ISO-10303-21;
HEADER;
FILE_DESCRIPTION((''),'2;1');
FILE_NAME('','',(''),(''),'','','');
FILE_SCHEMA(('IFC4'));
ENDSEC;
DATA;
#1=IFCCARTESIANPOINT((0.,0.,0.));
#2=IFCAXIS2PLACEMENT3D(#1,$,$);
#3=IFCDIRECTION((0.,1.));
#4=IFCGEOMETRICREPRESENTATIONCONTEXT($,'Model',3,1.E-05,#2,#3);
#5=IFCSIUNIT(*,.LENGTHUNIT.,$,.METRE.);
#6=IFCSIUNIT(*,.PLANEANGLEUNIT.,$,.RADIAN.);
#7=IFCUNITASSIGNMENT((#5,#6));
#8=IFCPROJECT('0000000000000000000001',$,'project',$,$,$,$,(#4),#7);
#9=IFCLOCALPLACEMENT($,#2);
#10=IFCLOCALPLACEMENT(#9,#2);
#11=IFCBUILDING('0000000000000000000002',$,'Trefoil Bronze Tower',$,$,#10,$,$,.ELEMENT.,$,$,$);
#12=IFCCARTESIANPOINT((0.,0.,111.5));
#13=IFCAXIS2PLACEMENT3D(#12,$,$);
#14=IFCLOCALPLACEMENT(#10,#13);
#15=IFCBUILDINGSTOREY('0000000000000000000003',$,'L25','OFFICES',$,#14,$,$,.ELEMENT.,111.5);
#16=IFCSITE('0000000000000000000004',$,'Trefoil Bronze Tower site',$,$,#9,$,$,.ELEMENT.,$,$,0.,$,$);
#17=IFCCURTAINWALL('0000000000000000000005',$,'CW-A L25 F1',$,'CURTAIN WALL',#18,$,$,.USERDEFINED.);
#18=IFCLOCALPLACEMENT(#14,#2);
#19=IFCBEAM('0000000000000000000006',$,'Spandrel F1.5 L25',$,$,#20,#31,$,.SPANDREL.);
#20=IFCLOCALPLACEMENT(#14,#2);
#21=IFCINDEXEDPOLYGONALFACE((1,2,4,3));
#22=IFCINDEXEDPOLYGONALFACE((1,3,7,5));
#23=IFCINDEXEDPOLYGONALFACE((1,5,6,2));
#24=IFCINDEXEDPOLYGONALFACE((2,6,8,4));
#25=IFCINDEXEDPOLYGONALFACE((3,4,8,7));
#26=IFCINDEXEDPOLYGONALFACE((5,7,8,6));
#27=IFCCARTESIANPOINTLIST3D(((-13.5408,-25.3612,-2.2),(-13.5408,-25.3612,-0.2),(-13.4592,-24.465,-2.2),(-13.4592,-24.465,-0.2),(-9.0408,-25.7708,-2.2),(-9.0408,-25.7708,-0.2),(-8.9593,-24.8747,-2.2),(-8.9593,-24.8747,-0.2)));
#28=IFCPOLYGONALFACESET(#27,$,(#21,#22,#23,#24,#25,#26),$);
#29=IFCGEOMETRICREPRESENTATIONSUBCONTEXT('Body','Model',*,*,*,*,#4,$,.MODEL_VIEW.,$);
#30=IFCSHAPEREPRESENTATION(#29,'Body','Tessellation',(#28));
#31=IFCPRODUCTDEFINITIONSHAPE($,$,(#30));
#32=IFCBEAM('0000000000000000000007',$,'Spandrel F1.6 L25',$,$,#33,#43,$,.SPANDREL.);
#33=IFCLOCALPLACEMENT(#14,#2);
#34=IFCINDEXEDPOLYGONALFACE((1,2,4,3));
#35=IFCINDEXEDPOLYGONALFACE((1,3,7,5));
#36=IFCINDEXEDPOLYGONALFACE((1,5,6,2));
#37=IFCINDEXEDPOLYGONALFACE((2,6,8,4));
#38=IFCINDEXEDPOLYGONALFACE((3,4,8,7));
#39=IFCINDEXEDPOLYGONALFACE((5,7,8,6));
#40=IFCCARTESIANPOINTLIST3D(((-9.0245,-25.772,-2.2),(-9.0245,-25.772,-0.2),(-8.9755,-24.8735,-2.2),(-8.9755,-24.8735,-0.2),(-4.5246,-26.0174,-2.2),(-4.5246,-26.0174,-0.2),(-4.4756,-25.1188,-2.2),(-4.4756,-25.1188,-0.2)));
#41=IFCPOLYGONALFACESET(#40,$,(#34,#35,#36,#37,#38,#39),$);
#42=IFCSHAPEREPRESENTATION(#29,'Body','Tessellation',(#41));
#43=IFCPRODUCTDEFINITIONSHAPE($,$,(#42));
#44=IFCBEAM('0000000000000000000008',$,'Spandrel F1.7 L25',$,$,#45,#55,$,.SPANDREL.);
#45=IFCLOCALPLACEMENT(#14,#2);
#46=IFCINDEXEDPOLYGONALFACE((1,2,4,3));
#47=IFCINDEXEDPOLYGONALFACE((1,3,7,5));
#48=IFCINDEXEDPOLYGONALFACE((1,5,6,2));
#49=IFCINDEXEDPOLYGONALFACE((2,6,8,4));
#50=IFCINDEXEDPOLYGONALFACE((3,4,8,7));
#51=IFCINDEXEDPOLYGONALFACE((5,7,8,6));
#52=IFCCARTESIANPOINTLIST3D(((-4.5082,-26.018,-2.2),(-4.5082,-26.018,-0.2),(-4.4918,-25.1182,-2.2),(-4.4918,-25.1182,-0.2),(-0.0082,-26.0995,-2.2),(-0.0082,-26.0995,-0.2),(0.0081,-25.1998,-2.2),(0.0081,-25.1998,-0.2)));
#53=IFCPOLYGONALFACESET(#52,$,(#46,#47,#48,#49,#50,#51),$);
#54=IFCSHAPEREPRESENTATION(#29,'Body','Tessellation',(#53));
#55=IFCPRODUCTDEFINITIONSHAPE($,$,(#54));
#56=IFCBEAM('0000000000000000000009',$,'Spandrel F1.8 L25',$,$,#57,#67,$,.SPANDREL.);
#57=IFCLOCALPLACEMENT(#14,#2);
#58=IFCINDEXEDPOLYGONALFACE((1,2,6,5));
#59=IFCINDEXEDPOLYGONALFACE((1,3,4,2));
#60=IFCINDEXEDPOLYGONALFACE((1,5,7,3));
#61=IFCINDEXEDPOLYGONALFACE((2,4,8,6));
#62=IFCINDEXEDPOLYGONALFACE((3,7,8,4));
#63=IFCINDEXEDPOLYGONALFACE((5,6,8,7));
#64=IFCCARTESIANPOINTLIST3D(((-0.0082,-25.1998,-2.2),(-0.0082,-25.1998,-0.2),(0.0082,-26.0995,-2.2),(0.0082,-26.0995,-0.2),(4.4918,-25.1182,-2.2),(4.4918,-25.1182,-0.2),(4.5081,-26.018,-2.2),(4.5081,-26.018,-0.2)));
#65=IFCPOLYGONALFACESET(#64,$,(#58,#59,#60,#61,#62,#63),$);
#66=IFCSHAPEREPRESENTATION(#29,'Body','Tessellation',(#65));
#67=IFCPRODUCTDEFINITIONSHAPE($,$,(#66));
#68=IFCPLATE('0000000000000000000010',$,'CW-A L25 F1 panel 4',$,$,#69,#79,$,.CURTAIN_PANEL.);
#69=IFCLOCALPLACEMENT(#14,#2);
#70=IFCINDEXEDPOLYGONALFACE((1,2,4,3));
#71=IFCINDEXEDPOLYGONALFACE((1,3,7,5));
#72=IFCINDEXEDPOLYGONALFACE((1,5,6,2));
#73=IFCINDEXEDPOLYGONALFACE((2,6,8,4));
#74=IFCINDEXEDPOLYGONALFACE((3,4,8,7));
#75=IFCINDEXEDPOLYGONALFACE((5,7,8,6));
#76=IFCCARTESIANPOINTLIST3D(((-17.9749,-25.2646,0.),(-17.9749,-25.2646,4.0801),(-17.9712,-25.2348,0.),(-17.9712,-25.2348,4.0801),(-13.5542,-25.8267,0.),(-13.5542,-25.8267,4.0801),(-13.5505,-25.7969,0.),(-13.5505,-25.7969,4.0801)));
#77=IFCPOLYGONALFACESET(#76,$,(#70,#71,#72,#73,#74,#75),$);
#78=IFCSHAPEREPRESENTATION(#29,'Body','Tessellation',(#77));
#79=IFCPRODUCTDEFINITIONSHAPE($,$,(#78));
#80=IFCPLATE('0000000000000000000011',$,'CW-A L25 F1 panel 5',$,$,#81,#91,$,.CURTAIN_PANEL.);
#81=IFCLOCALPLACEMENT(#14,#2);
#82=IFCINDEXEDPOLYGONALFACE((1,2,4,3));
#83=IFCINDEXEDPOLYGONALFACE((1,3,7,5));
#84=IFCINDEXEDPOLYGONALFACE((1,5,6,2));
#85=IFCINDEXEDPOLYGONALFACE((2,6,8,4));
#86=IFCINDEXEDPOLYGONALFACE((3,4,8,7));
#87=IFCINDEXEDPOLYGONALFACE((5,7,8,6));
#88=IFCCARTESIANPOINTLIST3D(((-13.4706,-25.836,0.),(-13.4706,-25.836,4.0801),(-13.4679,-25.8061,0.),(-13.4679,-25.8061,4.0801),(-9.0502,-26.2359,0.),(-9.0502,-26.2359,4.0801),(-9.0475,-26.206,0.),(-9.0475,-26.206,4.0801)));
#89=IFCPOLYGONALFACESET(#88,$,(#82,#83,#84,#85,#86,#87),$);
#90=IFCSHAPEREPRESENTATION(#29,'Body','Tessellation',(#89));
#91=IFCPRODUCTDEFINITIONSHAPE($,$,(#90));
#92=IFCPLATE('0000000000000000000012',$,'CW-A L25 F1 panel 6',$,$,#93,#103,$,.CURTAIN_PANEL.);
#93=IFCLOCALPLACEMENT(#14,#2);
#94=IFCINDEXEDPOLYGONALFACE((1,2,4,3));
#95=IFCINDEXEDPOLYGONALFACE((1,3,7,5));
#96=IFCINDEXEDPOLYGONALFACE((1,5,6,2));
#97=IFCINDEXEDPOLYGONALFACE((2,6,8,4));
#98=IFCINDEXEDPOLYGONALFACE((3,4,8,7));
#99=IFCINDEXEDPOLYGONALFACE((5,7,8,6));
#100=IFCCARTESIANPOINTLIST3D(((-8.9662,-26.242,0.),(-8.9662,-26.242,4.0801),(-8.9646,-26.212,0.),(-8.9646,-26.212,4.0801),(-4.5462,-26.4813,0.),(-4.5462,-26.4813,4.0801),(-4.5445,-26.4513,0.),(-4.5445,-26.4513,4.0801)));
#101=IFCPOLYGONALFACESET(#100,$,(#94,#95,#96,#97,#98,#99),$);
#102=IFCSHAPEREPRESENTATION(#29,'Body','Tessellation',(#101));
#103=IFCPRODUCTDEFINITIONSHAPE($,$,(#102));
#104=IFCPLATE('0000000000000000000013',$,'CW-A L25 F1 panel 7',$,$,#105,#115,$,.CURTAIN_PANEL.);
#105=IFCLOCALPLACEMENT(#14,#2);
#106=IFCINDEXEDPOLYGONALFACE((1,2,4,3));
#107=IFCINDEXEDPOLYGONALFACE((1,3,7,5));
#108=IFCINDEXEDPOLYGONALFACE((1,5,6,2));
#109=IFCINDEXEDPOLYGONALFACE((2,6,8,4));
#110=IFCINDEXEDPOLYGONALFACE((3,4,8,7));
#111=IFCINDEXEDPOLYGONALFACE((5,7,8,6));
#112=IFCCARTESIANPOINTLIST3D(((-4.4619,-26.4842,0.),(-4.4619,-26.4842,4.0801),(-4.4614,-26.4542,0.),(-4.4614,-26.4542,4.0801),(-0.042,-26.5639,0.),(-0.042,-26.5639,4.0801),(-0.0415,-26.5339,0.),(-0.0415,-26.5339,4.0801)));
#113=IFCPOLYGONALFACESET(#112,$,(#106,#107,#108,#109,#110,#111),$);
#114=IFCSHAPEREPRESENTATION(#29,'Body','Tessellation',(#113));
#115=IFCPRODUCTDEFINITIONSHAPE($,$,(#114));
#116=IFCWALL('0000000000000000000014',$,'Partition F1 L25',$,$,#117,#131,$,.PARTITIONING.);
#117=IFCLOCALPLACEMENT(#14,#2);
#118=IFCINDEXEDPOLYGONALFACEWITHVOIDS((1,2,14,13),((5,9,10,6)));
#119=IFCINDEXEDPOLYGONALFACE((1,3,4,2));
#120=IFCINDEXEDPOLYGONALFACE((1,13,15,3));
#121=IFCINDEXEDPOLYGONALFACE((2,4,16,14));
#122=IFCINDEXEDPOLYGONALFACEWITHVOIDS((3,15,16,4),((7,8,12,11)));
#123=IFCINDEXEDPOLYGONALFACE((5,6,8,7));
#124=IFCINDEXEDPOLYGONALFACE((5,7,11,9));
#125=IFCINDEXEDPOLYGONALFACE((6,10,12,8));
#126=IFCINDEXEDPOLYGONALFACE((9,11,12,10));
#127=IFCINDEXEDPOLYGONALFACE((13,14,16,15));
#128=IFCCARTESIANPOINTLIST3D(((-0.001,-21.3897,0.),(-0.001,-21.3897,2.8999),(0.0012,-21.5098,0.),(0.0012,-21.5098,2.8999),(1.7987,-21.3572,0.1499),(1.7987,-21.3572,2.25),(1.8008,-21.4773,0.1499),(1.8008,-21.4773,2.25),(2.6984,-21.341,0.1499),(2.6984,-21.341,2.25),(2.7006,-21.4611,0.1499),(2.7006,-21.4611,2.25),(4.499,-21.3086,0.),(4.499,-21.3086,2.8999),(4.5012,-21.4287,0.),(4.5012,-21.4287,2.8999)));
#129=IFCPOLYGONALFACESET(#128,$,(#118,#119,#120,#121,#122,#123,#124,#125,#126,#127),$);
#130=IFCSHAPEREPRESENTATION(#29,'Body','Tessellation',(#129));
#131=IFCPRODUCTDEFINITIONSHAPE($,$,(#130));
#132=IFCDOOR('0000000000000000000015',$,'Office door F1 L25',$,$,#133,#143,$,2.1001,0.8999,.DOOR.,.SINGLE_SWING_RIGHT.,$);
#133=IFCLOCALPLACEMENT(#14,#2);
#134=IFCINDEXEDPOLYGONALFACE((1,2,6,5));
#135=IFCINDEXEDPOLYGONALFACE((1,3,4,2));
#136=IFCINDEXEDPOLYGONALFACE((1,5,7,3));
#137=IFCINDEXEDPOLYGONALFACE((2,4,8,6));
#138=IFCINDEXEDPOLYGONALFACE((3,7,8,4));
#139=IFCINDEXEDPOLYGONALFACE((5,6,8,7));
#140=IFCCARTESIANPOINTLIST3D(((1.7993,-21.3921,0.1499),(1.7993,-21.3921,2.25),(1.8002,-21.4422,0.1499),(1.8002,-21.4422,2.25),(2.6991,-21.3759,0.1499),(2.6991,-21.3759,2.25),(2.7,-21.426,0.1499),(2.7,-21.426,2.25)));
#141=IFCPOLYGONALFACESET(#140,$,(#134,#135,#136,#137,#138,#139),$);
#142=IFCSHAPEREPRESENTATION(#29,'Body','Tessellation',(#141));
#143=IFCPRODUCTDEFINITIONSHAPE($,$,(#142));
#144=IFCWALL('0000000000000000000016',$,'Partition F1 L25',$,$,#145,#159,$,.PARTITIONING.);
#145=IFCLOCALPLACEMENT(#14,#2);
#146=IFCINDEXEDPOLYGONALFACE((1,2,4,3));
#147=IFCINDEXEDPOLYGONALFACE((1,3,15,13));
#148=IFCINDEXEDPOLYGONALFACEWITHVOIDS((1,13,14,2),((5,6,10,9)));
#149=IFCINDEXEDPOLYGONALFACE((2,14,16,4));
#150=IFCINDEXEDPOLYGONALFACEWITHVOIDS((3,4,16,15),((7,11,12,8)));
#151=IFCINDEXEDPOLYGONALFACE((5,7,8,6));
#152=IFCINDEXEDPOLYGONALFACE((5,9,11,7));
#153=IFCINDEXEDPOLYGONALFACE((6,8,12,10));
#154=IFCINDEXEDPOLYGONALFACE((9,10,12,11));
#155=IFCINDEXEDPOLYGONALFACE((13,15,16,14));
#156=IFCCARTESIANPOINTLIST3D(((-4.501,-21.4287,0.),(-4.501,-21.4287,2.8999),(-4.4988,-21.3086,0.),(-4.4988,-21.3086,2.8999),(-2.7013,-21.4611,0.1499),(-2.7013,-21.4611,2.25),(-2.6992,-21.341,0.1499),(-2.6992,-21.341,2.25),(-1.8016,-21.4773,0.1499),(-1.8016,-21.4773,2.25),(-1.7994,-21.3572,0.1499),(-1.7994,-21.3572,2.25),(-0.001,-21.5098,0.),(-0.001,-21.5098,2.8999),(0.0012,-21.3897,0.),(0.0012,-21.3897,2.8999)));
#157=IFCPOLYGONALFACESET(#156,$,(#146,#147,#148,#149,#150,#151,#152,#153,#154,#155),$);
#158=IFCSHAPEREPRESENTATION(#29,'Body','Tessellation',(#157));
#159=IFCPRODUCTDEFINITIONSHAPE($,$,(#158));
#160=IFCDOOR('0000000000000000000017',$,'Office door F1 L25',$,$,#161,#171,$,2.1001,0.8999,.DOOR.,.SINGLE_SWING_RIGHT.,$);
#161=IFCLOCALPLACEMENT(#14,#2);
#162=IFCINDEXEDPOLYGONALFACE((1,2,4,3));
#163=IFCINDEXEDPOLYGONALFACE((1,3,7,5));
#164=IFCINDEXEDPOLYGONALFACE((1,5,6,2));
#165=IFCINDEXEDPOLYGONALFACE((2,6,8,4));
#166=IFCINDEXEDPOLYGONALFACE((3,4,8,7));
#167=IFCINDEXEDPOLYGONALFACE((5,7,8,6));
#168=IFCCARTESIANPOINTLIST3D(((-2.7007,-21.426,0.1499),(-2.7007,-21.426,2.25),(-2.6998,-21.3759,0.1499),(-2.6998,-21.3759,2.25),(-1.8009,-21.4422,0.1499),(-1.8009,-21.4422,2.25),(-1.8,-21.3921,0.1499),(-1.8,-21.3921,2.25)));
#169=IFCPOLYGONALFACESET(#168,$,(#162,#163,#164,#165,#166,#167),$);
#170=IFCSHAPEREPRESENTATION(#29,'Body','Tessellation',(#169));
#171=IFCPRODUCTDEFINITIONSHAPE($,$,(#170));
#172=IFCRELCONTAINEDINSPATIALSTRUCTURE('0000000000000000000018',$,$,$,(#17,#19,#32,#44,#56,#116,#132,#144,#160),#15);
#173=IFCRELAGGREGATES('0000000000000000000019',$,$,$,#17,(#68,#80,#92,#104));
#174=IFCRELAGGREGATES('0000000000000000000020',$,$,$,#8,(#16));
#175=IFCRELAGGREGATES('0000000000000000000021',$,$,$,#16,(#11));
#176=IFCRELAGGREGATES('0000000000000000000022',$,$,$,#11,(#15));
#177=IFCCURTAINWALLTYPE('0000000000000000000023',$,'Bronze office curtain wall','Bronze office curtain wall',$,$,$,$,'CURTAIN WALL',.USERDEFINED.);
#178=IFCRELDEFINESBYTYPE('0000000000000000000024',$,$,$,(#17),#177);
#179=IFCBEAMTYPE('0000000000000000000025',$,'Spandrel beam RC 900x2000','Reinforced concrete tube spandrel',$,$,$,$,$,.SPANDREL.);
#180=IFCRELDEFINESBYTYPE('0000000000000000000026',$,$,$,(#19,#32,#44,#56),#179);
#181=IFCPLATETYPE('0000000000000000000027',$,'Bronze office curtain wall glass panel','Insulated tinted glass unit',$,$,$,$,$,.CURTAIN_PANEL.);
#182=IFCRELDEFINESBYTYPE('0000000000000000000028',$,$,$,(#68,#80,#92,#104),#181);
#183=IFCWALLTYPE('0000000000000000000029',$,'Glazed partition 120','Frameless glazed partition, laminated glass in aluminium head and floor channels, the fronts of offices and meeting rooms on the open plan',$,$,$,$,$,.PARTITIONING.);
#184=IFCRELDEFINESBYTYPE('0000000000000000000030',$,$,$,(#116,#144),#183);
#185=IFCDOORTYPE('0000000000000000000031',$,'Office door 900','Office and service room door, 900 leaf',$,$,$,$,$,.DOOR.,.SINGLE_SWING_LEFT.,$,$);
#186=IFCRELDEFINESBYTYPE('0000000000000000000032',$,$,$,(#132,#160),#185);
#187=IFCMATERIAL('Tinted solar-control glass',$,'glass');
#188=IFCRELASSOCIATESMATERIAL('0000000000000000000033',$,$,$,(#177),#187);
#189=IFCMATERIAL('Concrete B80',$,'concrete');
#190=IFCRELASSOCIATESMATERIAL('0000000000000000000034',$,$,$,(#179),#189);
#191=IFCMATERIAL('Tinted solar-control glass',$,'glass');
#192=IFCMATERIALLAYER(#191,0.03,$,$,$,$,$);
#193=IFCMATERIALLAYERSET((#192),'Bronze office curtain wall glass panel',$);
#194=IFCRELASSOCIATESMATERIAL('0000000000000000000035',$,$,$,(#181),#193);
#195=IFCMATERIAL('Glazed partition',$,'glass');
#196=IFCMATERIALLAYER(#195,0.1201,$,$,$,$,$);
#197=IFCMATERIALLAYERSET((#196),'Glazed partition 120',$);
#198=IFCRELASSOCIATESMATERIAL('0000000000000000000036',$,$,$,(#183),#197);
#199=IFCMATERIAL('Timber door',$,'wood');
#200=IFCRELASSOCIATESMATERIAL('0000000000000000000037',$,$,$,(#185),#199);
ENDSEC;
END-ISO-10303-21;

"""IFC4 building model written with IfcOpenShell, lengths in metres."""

from ifc_helpers import new_model, si_unit, direction, frame, frame_2d, origin, origin_2d, place, context, subcontext, project, spatial, rectangle, extrude, material, layer, layer_set, material_profile, profile_set, type_object, element, fill, aggregate, save


model = new_model("IFC4")

# Units and contexts
model_context = context("Model", 3, precision=1e-05, world=origin(), true_north=direction((0.0, 1.0)))
body_context = subcontext(model_context, "Body", "Model", "MODEL_VIEW")
ifc_project = project(units=[si_unit("LENGTHUNIT", "METRE"), si_unit("PLANEANGLEUNIT", "RADIAN")], contexts=[model_context])

# Site, building, storey
site_placement = place(None, origin())
site = spatial("IfcSite", under=ifc_project, at=site_placement, Name="Trefoil Bronze Tower site", CompositionType="ELEMENT", RefElevation=0.0)
building_placement = place(site_placement, origin())
building = spatial("IfcBuilding", under=site, at=building_placement, Name="Trefoil Bronze Tower", CompositionType="ELEMENT")
storey_placement = place(building_placement, frame((0.0, 0.0, 111.5)))
storey = spatial("IfcBuildingStorey", under=building, at=storey_placement, Name="L25", Description="OFFICES", CompositionType="ELEMENT", Elevation=111.5)

# Curtain wall
ifc_material_1 = material(Name="Tinted solar-control glass", Category="glass")
curtain_wall_type = type_object("IfcCurtainWallType", Name="Bronze office curtain wall", Description="Bronze office curtain wall", ElementType="CURTAIN WALL", PredefinedType="USERDEFINED", material=ifc_material_1)
curtain_wall_placement = place(storey_placement, origin())
curtain_wall = element("IfcCurtainWall", 1, at=curtain_wall_placement, inside=storey, type_object=curtain_wall_type, Name="CW-A L25 F1", ObjectType="CURTAIN WALL", PredefinedType="USERDEFINED")

# Beams
ifc_material_2 = material(Name="Concrete B80", Category="concrete")
ifc_material_profile_1 = material_profile(ifc_material_2, rectangle(XDim=0.8999, YDim=2.0, at=origin_2d()), Name="RC 900x2000")
ifc_profile_set_1 = profile_set([ifc_material_profile_1], Name="Concrete B80")
beam_type_1 = type_object("IfcBeamType", Name="Spandrel beam RC 900x2000", Description="Reinforced concrete tube spandrel", PredefinedType="SPANDREL", material=ifc_profile_set_1)
beam_1_placement = place(storey_placement, frame((-13.5, -24.9131, -1.2), z_axis=(0.995882, -0.090662, 0.0), x_axis=(0.090662, 0.995882, 0.0)))
element("IfcBeam", 2, at=beam_1_placement, inside=storey, type_object=beam_type_1, Name="Spandrel F1.5 L25", PredefinedType="SPANDREL", context=body_context, shape_type="SweptSolid", body=[
    extrude(rectangle(XDim=0.8999, YDim=2.0, at=origin_2d()), origin(), (0.0, 0.0, 1.0), 4.5186),
])
beam_2_placement = place(storey_placement, frame((-9.0, -25.3228, -1.2), z_axis=(0.998517, -0.054444, 0.0), x_axis=(0.054444, 0.998517, 0.0)))
element("IfcBeam", 3, at=beam_2_placement, inside=storey, type_object=beam_type_1, Name="Spandrel F1.6 L25", PredefinedType="SPANDREL", context=body_context, shape_type="SweptSolid", body=[
    extrude(rectangle(XDim=0.8999, YDim=2.0, at=origin_2d()), origin(), (0.0, 0.0, 1.0), 4.5066),
])
for number, where, z_axis, x_axis, name in (
    (4, (-4.5, -25.5681, -1.2), (0.999836, -0.018118, 0.0), (0.018118, 0.999836, 0.0), "Spandrel F1.7 L25"),
    (5, (0.0, -25.6497, -1.2), (0.999836, 0.018118, 0.0), (-0.018118, 0.999836, 0.0), "Spandrel F1.8 L25"),
):
    element("IfcBeam", number, at=place(storey_placement, frame(where, z_axis=z_axis, x_axis=x_axis)), inside=storey, type_object=beam_type_1, Name=name, PredefinedType="SPANDREL", context=body_context, shape_type="SweptSolid", body=[
        extrude(rectangle(XDim=0.8999, YDim=2.0, at=origin_2d()), origin(), (0.0, 0.0, 1.0), 4.5007),
    ])

# Plates
ifc_material_3 = material(Name="Tinted solar-control glass", Category="glass")
ifc_layer_1 = layer(ifc_material_3, 0.03)
ifc_layer_set_1 = layer_set([ifc_layer_1], Name="Bronze office curtain wall glass panel")
plate_type = type_object("IfcPlateType", Name="Bronze office curtain wall glass panel", Description="Insulated tinted glass unit", PredefinedType="CURTAIN_PANEL", material=ifc_layer_set_1)
plate_1_placement = place(storey_placement, frame((-15.7627, -25.5308, 0.0), z_axis=(0.0, 0.0, 1.0), x_axis=(0.992012, -0.126147, 0.0)))
plate_1 = element("IfcPlate", 6, at=plate_1_placement, type_object=plate_type, Name="CW-A L25 F1 panel 4", PredefinedType="CURTAIN_PANEL", context=body_context, shape_type="SweptSolid", body=[
    extrude(rectangle(XDim=4.4563, YDim=0.03, at=origin_2d()), origin(), (0.0, 0.0, 1.0), 4.0801),
])
plate_2_placement = place(storey_placement, frame((-11.259, -26.021, 0.0), z_axis=(0.0, 0.0, 1.0), x_axis=(0.995932, -0.090105, 0.0)))
plate_2 = element("IfcPlate", 7, at=plate_2_placement, type_object=plate_type, Name="CW-A L25 F1 panel 5", PredefinedType="CURTAIN_PANEL", context=body_context, shape_type="SweptSolid", body=[
    extrude(rectangle(XDim=4.4385, YDim=0.03, at=origin_2d()), origin(), (0.0, 0.0, 1.0), 4.0801),
])
plate_3_placement = place(storey_placement, frame((-6.7554, -26.3467, 0.0), z_axis=(0.0, 0.0, 1.0), x_axis=(0.998538, -0.054063, 0.0)))
plate_3 = element("IfcPlate", 8, at=plate_3_placement, type_object=plate_type, Name="CW-A L25 F1 panel 6", PredefinedType="CURTAIN_PANEL", context=body_context, shape_type="SweptSolid", body=[
    extrude(rectangle(XDim=4.4265, YDim=0.03, at=origin_2d()), origin(), (0.0, 0.0, 1.0), 4.0801),
])
plate_4_placement = place(storey_placement, frame((-2.2517, -26.509, 0.0), z_axis=(0.0, 0.0, 1.0), x_axis=(0.999838, -0.018021, 0.0)))
plate_4 = element("IfcPlate", 9, at=plate_4_placement, type_object=plate_type, Name="CW-A L25 F1 panel 7", PredefinedType="CURTAIN_PANEL", context=body_context, shape_type="SweptSolid", body=[
    extrude(rectangle(XDim=4.4207, YDim=0.03, at=origin_2d()), origin(), (0.0, 0.0, 1.0), 4.0801),
])
aggregate(curtain_wall, [plate_1, plate_2, plate_3, plate_4])

# Walls, openings, doors
ifc_material_4 = material(Name="Glazed partition", Category="glass")
ifc_layer_2 = layer(ifc_material_4, 0.1201)
ifc_layer_set_2 = layer_set([ifc_layer_2], Name="Glazed partition 120")
wall_type = type_object("IfcWallType", Name="Glazed partition 120", Description="Frameless glazed partition, laminated glass in aluminium head and floor channels, the fronts of offices and meeting rooms on the open plan", PredefinedType="PARTITIONING", material=ifc_layer_set_2)
wall_1_placement = place(storey_placement, frame((0.0, -21.4497, 0.0), z_axis=(0.0, 0.0, 1.0), x_axis=(0.999838, 0.018009, 0.0)))
wall_1 = element("IfcWall", 10, at=wall_1_placement, inside=storey, type_object=wall_type, Name="Partition F1 L25", PredefinedType="PARTITIONING", context=body_context, shape_type="SweptSolid", body=[
    extrude(rectangle(XDim=4.5007, YDim=0.1201, at=frame_2d((2.2505, 0.0))), origin(), (0.0, 0.0, 1.0), 2.8999),
])
opening_1_placement = place(wall_1_placement, frame((1.8, 0.0, 0.1499)))
opening_1 = element("IfcOpeningElement", 11, at=opening_1_placement, cuts=wall_1, PredefinedType="OPENING", context=body_context, shape_type="SweptSolid", body=[
    extrude(rectangle(XDim=0.8999, YDim=2.1001, at=frame_2d((0.45, 1.05))), frame((0.0, 0.0701, 0.0), z_axis=(0.0, -1.0, 0.0), x_axis=(1.0, 0.0, 0.0)), (0.0, 0.0, 1.0), 0.1401),
])
ifc_material_5 = material(Name="Timber door", Category="wood")
door_type = type_object("IfcDoorType", Name="Office door 900", Description="Office and service room door, 900 leaf", OperationType="SINGLE_SWING_LEFT", PredefinedType="DOOR", material=ifc_material_5)
door_1_placement = place(opening_1_placement, frame((0.8999, 0.0, 0.0), z_axis=(0.0, 0.0, 1.0), x_axis=(-1.0, 0.0, 0.0)))
door_1 = element("IfcDoor", 12, at=door_1_placement, inside=storey, type_object=door_type, Name="Office door F1 L25", OperationType="SINGLE_SWING_RIGHT", OverallHeight=2.1001, OverallWidth=0.8999, PredefinedType="DOOR", context=body_context, shape_type="SweptSolid", body=[
    extrude(rectangle(XDim=0.8999, YDim=2.1001, at=frame_2d((0.45, 1.05))), frame((0.0, 0.0249, 0.0), z_axis=(0.0, -1.0, 0.0), x_axis=(1.0, 0.0, 0.0)), (0.0, 0.0, 1.0), 0.05),
])
fill(opening_1, door_1)
wall_2_placement = place(storey_placement, frame((-4.5, -21.3687, 0.0), z_axis=(0.0, 0.0, 1.0), x_axis=(0.999838, -0.018009, 0.0)))
wall_2 = element("IfcWall", 13, at=wall_2_placement, inside=storey, type_object=wall_type, Name="Partition F1 L25", PredefinedType="PARTITIONING", context=body_context, shape_type="SweptSolid", body=[
    extrude(rectangle(XDim=4.5007, YDim=0.1201, at=frame_2d((2.2505, 0.0))), origin(), (0.0, 0.0, 1.0), 2.8999),
])
opening_2_placement = place(wall_2_placement, frame((1.8, 0.0, 0.1499)))
opening_2 = element("IfcOpeningElement", 14, at=opening_2_placement, cuts=wall_2, PredefinedType="OPENING", context=body_context, shape_type="SweptSolid", body=[
    extrude(rectangle(XDim=0.8999, YDim=2.1001, at=frame_2d((0.45, 1.05))), frame((0.0, 0.0701, 0.0), z_axis=(0.0, -1.0, 0.0), x_axis=(1.0, 0.0, 0.0)), (0.0, 0.0, 1.0), 0.1401),
])
door_2_placement = place(opening_2_placement, frame((0.8999, 0.0, 0.0), z_axis=(0.0, 0.0, 1.0), x_axis=(-1.0, 0.0, 0.0)))
door_2 = element("IfcDoor", 15, at=door_2_placement, inside=storey, type_object=door_type, Name="Office door F1 L25", OperationType="SINGLE_SWING_RIGHT", OverallHeight=2.1001, OverallWidth=0.8999, PredefinedType="DOOR", context=body_context, shape_type="SweptSolid", body=[
    extrude(rectangle(XDim=0.8999, YDim=2.1001, at=frame_2d((0.45, 1.05))), frame((0.0, 0.0249, 0.0), z_axis=(0.0, -1.0, 0.0), x_axis=(1.0, 0.0, 0.0)), (0.0, 0.0, 1.0), 0.05),
])
fill(opening_2, door_2)

save(model, "model.ifc")
